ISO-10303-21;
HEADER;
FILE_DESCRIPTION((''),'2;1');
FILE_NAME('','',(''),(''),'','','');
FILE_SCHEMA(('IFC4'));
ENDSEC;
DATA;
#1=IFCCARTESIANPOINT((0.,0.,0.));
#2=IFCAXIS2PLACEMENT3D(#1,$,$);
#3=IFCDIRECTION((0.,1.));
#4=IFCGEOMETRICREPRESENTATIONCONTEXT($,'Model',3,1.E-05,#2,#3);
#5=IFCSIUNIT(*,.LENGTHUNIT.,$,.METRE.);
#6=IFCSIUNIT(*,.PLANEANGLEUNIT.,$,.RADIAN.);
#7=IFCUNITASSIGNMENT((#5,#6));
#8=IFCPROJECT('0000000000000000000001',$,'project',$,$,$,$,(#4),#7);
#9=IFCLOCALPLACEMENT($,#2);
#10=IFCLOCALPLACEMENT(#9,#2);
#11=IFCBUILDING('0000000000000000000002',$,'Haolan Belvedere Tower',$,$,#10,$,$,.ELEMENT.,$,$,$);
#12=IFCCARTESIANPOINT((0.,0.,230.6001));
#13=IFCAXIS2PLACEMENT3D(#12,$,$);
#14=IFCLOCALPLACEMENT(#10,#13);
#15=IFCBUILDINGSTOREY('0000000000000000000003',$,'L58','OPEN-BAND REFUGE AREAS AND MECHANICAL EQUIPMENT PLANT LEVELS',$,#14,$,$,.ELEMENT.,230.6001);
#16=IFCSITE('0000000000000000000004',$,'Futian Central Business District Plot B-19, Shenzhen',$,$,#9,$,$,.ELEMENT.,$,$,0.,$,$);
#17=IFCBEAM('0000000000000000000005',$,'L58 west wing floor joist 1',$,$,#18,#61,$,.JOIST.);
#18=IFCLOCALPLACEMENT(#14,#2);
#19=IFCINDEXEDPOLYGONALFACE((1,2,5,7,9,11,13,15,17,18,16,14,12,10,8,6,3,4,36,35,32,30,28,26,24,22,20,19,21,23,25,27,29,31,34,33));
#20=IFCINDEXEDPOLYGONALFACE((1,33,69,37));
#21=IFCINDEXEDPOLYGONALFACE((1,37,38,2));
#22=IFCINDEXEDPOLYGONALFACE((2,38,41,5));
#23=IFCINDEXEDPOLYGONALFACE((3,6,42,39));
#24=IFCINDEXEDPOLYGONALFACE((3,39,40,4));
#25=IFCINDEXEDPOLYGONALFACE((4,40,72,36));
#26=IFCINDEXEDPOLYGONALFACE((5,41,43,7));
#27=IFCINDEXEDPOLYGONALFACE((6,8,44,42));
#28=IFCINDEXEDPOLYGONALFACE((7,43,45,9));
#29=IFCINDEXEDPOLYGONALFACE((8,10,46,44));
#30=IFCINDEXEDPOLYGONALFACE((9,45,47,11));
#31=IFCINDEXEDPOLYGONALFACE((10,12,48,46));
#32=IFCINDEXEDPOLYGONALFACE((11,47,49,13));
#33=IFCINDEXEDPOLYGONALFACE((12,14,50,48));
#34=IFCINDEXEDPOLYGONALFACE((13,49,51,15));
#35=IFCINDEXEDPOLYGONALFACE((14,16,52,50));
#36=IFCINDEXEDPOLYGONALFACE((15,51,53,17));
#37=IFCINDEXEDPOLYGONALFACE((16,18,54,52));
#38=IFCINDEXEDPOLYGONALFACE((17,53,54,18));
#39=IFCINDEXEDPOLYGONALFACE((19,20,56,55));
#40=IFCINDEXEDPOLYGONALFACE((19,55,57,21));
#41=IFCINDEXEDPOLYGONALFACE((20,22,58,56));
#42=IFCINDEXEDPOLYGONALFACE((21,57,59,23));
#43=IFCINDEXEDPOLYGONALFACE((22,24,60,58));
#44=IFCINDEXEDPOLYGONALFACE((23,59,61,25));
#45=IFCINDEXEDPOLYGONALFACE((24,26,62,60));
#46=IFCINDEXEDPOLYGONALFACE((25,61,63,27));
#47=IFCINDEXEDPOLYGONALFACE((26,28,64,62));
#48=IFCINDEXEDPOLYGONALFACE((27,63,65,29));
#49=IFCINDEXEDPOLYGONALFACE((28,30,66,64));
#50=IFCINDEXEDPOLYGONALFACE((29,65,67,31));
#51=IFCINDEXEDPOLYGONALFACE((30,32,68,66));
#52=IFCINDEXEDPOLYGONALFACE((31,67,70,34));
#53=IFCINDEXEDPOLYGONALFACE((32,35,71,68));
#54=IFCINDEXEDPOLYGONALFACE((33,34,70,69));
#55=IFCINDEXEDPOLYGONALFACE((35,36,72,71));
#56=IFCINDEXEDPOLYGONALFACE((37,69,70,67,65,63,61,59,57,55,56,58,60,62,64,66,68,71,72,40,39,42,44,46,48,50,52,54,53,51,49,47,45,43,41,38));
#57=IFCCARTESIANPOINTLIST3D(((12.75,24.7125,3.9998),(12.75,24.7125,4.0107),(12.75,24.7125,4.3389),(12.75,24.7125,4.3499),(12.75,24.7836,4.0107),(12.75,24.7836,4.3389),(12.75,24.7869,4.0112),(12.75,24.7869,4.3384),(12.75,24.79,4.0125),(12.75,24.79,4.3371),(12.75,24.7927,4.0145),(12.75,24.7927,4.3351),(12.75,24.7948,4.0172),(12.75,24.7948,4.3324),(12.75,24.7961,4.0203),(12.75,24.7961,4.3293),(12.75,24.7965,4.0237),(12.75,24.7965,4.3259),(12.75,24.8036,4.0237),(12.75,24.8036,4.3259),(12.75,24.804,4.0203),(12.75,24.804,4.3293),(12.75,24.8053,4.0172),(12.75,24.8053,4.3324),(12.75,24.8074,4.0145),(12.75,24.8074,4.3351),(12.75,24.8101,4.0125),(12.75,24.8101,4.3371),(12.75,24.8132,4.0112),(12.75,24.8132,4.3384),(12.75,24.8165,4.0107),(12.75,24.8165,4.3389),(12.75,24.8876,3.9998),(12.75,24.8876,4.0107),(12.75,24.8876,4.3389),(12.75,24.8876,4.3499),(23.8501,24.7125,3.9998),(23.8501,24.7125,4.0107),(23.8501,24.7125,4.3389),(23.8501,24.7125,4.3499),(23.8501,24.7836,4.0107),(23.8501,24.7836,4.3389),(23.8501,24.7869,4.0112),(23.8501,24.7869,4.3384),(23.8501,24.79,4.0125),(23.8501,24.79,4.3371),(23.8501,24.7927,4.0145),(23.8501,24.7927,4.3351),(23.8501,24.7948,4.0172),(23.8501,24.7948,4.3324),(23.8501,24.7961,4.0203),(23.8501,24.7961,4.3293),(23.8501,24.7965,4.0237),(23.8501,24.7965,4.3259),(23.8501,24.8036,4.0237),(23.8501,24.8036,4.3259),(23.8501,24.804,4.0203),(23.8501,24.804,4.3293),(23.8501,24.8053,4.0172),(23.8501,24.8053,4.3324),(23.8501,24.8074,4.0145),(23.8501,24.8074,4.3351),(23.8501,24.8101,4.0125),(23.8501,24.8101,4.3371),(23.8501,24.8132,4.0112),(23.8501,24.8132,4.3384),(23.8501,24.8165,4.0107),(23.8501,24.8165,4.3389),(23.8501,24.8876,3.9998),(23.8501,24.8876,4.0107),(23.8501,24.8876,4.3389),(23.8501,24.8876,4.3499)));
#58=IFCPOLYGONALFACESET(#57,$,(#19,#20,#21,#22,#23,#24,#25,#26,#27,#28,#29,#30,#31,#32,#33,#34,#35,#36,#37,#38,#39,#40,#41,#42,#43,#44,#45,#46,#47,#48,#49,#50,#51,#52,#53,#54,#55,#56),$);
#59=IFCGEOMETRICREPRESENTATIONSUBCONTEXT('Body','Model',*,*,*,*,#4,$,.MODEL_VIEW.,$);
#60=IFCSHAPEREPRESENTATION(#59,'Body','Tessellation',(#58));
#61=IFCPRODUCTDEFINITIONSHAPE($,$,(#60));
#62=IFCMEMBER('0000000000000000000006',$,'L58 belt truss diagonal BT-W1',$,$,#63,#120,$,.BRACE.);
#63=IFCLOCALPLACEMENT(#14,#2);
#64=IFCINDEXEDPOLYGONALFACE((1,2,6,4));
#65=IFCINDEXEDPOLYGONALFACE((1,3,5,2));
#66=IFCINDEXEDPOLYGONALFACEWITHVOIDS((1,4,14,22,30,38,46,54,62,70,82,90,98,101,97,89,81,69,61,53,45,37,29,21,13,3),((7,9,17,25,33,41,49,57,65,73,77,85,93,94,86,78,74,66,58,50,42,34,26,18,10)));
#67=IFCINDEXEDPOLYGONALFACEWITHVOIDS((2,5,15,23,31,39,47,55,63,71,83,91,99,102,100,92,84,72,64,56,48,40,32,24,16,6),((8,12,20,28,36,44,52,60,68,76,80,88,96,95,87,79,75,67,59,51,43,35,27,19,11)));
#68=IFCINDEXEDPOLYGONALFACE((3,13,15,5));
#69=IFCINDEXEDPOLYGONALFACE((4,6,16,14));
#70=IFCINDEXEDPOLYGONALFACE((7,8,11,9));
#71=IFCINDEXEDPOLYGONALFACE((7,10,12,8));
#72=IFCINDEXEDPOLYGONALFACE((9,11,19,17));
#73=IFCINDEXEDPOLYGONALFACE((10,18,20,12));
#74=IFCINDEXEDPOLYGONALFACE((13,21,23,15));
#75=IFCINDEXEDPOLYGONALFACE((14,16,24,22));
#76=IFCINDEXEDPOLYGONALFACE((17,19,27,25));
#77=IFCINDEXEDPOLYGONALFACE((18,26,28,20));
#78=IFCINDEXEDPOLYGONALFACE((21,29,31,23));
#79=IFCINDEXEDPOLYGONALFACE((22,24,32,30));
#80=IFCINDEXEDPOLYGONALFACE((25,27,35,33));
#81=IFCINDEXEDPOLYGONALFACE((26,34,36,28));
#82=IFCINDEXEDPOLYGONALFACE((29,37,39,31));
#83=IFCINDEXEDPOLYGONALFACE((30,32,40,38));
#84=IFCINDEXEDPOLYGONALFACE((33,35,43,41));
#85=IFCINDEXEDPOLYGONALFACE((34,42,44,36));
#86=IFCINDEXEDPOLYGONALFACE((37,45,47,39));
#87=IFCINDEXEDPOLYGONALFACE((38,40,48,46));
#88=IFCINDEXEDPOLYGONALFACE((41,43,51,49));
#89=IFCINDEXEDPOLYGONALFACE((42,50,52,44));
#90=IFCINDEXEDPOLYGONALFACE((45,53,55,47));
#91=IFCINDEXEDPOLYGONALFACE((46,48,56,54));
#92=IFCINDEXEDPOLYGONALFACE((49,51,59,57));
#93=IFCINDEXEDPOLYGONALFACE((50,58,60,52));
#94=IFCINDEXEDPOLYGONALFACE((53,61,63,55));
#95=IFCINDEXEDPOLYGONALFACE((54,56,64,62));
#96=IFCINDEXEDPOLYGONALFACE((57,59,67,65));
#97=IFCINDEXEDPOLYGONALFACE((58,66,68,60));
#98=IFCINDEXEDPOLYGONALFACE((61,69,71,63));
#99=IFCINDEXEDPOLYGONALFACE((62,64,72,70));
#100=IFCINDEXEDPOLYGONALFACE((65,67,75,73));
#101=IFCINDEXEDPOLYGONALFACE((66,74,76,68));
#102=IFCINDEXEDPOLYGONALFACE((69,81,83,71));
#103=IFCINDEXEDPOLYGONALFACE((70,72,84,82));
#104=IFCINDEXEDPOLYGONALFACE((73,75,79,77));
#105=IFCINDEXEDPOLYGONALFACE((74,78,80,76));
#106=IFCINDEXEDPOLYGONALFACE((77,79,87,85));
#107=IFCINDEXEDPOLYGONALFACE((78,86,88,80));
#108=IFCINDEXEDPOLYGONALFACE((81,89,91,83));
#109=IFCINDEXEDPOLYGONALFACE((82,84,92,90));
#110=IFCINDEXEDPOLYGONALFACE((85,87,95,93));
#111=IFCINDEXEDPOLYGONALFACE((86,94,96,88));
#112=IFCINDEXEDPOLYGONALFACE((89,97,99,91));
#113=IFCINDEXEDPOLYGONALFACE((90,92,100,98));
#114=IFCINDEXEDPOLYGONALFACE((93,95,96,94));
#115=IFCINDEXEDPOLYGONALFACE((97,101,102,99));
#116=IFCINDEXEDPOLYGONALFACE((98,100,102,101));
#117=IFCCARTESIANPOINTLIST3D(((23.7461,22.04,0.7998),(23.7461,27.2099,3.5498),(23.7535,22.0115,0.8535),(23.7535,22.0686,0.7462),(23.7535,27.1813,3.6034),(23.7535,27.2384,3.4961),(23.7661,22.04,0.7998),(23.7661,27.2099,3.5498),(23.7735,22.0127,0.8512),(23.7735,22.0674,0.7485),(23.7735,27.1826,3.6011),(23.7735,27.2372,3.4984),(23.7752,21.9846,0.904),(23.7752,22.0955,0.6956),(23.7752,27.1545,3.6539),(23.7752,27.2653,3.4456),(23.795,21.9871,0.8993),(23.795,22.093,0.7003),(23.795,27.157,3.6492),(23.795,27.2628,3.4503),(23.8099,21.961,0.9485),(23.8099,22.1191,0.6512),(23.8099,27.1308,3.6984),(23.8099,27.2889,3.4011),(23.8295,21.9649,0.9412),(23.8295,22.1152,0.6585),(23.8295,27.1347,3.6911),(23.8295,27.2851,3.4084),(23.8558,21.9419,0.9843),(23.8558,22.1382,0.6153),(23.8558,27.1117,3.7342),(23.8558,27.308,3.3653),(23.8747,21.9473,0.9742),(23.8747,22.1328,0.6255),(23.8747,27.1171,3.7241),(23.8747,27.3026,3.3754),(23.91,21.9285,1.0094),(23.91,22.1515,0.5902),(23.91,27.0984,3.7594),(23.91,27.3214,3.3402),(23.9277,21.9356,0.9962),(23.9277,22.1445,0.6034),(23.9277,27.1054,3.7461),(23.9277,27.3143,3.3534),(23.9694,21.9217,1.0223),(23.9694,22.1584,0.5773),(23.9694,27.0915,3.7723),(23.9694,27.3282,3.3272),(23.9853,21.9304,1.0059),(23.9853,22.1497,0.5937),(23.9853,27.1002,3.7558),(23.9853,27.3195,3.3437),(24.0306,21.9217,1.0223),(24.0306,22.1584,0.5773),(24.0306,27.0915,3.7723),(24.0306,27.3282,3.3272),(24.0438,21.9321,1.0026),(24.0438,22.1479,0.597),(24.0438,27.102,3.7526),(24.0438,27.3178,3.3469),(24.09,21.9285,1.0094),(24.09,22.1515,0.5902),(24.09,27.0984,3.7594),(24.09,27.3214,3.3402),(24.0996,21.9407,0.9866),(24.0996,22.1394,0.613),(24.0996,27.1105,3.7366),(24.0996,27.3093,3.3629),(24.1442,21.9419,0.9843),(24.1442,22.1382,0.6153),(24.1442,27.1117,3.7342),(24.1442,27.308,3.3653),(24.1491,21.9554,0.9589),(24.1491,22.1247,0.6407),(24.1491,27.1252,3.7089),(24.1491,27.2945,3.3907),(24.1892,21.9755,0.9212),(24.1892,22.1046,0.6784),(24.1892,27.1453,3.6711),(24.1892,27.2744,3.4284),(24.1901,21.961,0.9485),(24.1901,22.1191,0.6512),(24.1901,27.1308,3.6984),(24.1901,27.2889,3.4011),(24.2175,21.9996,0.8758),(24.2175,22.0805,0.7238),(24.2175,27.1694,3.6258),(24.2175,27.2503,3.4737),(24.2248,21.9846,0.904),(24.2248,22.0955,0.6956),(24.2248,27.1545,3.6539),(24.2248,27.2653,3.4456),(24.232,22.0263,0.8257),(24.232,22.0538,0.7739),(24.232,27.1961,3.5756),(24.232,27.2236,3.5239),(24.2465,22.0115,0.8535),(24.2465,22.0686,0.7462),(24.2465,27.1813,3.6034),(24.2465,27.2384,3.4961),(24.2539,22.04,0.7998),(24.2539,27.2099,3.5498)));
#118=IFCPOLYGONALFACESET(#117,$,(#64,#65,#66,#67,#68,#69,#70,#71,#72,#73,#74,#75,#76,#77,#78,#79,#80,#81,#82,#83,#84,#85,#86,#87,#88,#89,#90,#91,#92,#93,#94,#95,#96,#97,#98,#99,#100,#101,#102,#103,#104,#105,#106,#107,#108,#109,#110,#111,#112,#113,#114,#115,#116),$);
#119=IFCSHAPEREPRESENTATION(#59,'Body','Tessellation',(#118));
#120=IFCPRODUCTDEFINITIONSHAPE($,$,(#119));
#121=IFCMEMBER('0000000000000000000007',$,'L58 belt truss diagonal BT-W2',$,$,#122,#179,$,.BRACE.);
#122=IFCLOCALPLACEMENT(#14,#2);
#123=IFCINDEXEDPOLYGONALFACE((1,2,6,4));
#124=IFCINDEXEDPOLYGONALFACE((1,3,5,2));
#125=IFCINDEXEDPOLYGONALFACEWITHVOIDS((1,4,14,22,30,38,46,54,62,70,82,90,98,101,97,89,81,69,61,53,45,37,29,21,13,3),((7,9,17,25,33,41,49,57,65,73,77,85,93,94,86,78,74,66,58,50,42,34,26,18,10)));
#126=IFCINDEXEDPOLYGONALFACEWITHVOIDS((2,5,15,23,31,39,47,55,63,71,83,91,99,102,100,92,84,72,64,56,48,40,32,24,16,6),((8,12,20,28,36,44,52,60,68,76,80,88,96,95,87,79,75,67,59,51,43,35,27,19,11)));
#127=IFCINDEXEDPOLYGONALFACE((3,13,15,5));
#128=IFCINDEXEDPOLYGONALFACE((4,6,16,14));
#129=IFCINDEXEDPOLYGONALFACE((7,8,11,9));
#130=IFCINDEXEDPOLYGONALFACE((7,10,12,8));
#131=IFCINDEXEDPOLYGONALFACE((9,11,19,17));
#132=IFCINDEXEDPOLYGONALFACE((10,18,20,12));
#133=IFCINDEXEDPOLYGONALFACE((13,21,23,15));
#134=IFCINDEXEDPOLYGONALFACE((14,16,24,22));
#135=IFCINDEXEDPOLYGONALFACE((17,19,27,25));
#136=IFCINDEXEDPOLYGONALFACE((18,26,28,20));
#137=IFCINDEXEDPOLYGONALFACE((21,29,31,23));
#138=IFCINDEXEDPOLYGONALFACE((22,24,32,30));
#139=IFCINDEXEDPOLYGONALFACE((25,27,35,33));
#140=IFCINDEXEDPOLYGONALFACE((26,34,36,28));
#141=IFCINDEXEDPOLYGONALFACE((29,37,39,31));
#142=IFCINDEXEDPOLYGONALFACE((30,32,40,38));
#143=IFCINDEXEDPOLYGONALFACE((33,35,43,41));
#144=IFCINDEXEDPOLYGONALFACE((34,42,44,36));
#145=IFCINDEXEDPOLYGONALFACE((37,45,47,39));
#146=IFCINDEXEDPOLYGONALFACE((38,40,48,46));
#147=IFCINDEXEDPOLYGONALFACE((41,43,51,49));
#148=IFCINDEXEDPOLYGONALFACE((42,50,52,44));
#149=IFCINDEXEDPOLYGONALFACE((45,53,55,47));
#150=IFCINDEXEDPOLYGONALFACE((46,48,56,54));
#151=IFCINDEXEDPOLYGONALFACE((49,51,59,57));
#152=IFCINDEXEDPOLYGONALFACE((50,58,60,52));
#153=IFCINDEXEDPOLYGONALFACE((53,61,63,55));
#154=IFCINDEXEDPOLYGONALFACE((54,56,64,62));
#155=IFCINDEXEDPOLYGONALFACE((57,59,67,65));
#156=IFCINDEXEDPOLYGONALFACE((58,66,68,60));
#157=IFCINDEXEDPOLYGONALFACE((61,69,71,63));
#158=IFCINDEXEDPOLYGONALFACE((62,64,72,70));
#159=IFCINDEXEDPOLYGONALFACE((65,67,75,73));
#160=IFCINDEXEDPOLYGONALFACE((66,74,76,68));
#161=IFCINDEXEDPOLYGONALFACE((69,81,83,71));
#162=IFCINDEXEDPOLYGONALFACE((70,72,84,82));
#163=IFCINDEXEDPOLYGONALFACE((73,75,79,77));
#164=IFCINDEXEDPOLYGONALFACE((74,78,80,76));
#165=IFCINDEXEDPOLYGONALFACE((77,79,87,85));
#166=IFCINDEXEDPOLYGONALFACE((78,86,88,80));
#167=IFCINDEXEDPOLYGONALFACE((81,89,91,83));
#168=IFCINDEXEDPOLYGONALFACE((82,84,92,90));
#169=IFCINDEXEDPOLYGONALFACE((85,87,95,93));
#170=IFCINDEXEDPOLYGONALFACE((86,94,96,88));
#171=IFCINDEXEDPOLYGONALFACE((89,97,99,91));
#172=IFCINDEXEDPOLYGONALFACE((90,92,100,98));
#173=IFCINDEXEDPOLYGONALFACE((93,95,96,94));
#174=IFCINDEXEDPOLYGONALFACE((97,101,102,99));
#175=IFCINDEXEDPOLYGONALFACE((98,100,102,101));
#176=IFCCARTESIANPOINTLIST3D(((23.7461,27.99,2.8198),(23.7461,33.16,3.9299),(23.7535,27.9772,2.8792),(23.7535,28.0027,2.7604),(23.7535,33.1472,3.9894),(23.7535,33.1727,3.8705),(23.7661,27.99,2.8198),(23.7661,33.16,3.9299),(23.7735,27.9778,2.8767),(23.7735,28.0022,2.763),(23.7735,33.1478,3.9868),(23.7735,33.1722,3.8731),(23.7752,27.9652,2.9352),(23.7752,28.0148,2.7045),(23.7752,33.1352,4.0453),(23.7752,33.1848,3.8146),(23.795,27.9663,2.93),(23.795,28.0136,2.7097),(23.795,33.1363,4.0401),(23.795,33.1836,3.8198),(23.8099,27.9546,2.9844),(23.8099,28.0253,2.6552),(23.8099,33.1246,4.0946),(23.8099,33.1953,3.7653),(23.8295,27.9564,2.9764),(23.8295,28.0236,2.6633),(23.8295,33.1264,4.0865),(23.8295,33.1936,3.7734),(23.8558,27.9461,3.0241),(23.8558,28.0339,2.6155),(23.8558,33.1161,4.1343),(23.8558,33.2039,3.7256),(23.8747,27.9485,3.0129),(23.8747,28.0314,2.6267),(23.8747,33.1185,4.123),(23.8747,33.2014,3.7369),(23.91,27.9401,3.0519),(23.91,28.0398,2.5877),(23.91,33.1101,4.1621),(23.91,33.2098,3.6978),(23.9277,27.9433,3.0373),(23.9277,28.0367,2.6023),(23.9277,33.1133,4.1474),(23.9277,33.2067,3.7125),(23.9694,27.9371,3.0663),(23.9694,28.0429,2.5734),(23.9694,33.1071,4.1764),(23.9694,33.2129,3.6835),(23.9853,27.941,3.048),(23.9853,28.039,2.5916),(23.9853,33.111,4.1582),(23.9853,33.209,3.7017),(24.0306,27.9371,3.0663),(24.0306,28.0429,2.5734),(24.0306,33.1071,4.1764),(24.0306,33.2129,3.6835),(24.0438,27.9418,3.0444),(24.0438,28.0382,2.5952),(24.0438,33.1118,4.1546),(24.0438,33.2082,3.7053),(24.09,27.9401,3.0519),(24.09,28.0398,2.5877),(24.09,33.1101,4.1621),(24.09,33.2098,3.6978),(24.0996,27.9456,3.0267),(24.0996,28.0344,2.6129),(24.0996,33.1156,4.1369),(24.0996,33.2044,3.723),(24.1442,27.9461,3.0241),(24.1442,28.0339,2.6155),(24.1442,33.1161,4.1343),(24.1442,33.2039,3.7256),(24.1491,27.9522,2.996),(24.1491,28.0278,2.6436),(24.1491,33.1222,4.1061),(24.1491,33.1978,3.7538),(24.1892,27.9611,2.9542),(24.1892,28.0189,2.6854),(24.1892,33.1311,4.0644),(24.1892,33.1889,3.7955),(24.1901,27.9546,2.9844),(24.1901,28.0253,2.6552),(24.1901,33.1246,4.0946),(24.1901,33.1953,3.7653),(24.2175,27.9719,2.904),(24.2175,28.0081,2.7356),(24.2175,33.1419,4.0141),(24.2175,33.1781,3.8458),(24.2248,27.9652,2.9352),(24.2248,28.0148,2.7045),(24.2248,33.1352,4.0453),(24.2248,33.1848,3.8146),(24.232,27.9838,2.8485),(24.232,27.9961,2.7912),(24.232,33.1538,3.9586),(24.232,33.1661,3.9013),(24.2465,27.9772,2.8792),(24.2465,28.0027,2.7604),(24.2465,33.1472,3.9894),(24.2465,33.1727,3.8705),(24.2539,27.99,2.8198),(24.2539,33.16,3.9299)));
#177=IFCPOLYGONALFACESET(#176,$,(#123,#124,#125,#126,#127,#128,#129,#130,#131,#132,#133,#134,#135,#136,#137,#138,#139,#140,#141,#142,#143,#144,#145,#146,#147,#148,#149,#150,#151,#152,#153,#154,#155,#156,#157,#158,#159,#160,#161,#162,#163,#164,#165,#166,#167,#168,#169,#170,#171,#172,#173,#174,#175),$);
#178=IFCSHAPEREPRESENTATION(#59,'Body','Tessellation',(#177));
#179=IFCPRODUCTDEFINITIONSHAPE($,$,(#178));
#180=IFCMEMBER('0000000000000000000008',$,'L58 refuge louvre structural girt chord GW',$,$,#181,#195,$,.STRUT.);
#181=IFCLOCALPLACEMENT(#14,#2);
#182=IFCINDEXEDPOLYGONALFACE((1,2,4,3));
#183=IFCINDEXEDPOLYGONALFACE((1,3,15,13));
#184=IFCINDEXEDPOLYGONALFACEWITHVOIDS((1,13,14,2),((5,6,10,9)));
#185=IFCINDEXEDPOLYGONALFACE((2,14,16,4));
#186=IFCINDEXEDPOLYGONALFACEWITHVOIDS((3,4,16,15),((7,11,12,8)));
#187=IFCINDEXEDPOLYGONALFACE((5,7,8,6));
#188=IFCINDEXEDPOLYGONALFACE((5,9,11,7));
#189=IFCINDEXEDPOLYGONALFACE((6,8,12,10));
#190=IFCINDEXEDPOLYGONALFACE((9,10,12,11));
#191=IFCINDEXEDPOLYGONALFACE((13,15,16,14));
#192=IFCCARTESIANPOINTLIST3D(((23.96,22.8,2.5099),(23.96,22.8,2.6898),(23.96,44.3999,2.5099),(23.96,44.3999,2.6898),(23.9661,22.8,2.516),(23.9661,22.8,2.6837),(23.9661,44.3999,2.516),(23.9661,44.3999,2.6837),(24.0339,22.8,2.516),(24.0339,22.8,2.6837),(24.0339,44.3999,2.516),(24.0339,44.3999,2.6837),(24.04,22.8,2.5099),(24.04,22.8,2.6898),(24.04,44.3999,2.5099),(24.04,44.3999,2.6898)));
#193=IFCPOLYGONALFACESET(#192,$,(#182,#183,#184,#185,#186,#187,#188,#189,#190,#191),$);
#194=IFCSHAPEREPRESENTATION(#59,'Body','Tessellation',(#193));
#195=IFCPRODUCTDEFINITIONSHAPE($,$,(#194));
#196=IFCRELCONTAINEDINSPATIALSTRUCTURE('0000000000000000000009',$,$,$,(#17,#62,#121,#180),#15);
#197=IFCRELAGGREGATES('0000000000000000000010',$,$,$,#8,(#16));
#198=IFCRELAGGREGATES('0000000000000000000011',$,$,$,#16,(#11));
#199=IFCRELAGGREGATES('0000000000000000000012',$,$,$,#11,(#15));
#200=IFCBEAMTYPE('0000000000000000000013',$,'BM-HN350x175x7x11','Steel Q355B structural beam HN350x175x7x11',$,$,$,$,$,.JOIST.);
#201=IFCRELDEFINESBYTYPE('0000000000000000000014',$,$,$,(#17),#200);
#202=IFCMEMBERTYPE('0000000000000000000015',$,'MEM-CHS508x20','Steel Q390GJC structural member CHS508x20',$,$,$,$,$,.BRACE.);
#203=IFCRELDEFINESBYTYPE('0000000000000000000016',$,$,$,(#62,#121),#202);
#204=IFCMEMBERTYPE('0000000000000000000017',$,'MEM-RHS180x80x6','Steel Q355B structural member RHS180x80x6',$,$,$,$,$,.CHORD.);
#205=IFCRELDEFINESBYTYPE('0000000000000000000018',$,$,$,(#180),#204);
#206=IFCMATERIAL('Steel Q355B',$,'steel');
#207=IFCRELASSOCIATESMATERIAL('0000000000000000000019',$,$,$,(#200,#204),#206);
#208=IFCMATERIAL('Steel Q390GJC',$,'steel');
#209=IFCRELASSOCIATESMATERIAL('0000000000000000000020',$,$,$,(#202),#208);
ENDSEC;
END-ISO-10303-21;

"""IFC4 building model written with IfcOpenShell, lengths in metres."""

from ifc_helpers import new_model, si_unit, direction, frame, origin, origin_2d, place, context, subcontext, project, spatial, hollow_rectangle, hollow_circle, i_section, extrude, material, material_profile, profile_set, type_object, element, save


model = new_model("IFC4")

# Units and contexts
model_context = context("Model", 3, precision=1e-05, world=origin(), true_north=direction((0.0, 1.0)))
body_context = subcontext(model_context, "Body", "Model", "MODEL_VIEW")
ifc_project = project(units=[si_unit("LENGTHUNIT", "METRE"), si_unit("PLANEANGLEUNIT", "RADIAN")], contexts=[model_context])

# Site, building, storey
site_placement = place(None, origin())
site = spatial("IfcSite", under=ifc_project, at=site_placement, Name="Futian Central Business District Plot B-19, Shenzhen", CompositionType="ELEMENT", RefElevation=0.0)
building_placement = place(site_placement, origin())
building = spatial("IfcBuilding", under=site, at=building_placement, Name="Haolan Belvedere Tower", CompositionType="ELEMENT")
storey_placement = place(building_placement, frame((0.0, 0.0, 230.6001)))
storey = spatial("IfcBuildingStorey", under=building, at=storey_placement, Name="L58", Description="OPEN-BAND REFUGE AREAS AND MECHANICAL EQUIPMENT PLANT LEVELS", CompositionType="ELEMENT", Elevation=230.6001)

# Shared definitions
ifc_material_1 = material(Name="Steel Q390GJC", Category="steel")

# Beam
ifc_material_2 = material(Name="Steel Q355B", Category="steel")
ifc_material_profile_1 = material_profile(ifc_material_2, i_section(OverallWidth=0.175, OverallDepth=0.3501, WebThickness=0.0071, FlangeThickness=0.011, FilletRadius=0.0129, at=origin_2d()), Name="Steel Q355B")
ifc_profile_set_1 = profile_set([ifc_material_profile_1], Name="Steel Q355B")
beam_type_1 = type_object("IfcBeamType", Name="BM-HN350x175x7x11", Description="Steel Q355B structural beam HN350x175x7x11", PredefinedType="JOIST", material=ifc_profile_set_1)
beam_1_placement = place(storey_placement, frame((12.75, 24.8, 4.1748), z_axis=(1.0, 0.0, 0.0), x_axis=(0.0, 1.0, 0.0)))
element("IfcBeam", 1, at=beam_1_placement, inside=storey, type_object=beam_type_1, Name="L58 west wing floor joist 1", PredefinedType="JOIST", context=body_context, shape_type="SweptSolid", body=[
    extrude(i_section(OverallWidth=0.175, OverallDepth=0.3501, WebThickness=0.0071, FlangeThickness=0.011, FilletRadius=0.0129, at=origin_2d()), origin(), (0.0, 0.0, 1.0), 11.1001),
])

# Members
ifc_material_profile_2 = material_profile(ifc_material_1, hollow_circle(Radius=0.2539, WallThickness=0.02, at=origin_2d()), Name="Steel Q390GJC")
ifc_profile_set_2 = profile_set([ifc_material_profile_2], Name="Steel Q390GJC")
member_type_1 = type_object("IfcMemberType", Name="MEM-CHS508x20", Description="Steel Q390GJC structural member CHS508x20", PredefinedType="BRACE", material=ifc_profile_set_2)
member_1_placement = place(storey_placement, frame((24.0, 22.04, 0.7998), z_axis=(0.0, 0.882869, 0.469619), x_axis=(-1.0, 0.0, 0.0)))
element("IfcMember", 2, at=member_1_placement, inside=storey, type_object=member_type_1, Name="L58 belt truss diagonal BT-W1", PredefinedType="BRACE", context=body_context, shape_type="SweptSolid", body=[
    extrude(hollow_circle(Radius=0.2539, WallThickness=0.02, at=origin_2d()), origin(), (0.0, 0.0, 1.0), 5.8557),
])
member_2_placement = place(storey_placement, frame((24.0, 27.99, 2.8198), z_axis=(0.0, 0.977714, 0.209939), x_axis=(-1.0, 0.0, 0.0)))
element("IfcMember", 3, at=member_2_placement, inside=storey, type_object=member_type_1, Name="L58 belt truss diagonal BT-W2", PredefinedType="BRACE", context=body_context, shape_type="SweptSolid", body=[
    extrude(hollow_circle(Radius=0.2539, WallThickness=0.02, at=origin_2d()), origin(), (0.0, 0.0, 1.0), 5.2878),
])
ifc_material_profile_3 = material_profile(ifc_material_2, hollow_rectangle(XDim=0.0801, YDim=0.1799, WallThickness=0.0061, at=origin_2d()), Name="Steel Q355B")
ifc_profile_set_3 = profile_set([ifc_material_profile_3], Name="Steel Q355B")
member_type_2 = type_object("IfcMemberType", Name="MEM-RHS180x80x6", Description="Steel Q355B structural member RHS180x80x6", PredefinedType="CHORD", material=ifc_profile_set_3)
member_3_placement = place(storey_placement, frame((24.0, 22.8, 2.5999), z_axis=(0.0, 1.0, 0.0), x_axis=(-1.0, 0.0, 0.0)))
element("IfcMember", 4, at=member_3_placement, inside=storey, type_object=member_type_2, Name="L58 refuge louvre structural girt chord GW", PredefinedType="STRUT", context=body_context, shape_type="SweptSolid", body=[
    extrude(hollow_rectangle(XDim=0.0801, YDim=0.1799, WallThickness=0.0061, at=origin_2d()), origin(), (0.0, 0.0, 1.0), 21.5999),
])

save(model, "model.ifc")
